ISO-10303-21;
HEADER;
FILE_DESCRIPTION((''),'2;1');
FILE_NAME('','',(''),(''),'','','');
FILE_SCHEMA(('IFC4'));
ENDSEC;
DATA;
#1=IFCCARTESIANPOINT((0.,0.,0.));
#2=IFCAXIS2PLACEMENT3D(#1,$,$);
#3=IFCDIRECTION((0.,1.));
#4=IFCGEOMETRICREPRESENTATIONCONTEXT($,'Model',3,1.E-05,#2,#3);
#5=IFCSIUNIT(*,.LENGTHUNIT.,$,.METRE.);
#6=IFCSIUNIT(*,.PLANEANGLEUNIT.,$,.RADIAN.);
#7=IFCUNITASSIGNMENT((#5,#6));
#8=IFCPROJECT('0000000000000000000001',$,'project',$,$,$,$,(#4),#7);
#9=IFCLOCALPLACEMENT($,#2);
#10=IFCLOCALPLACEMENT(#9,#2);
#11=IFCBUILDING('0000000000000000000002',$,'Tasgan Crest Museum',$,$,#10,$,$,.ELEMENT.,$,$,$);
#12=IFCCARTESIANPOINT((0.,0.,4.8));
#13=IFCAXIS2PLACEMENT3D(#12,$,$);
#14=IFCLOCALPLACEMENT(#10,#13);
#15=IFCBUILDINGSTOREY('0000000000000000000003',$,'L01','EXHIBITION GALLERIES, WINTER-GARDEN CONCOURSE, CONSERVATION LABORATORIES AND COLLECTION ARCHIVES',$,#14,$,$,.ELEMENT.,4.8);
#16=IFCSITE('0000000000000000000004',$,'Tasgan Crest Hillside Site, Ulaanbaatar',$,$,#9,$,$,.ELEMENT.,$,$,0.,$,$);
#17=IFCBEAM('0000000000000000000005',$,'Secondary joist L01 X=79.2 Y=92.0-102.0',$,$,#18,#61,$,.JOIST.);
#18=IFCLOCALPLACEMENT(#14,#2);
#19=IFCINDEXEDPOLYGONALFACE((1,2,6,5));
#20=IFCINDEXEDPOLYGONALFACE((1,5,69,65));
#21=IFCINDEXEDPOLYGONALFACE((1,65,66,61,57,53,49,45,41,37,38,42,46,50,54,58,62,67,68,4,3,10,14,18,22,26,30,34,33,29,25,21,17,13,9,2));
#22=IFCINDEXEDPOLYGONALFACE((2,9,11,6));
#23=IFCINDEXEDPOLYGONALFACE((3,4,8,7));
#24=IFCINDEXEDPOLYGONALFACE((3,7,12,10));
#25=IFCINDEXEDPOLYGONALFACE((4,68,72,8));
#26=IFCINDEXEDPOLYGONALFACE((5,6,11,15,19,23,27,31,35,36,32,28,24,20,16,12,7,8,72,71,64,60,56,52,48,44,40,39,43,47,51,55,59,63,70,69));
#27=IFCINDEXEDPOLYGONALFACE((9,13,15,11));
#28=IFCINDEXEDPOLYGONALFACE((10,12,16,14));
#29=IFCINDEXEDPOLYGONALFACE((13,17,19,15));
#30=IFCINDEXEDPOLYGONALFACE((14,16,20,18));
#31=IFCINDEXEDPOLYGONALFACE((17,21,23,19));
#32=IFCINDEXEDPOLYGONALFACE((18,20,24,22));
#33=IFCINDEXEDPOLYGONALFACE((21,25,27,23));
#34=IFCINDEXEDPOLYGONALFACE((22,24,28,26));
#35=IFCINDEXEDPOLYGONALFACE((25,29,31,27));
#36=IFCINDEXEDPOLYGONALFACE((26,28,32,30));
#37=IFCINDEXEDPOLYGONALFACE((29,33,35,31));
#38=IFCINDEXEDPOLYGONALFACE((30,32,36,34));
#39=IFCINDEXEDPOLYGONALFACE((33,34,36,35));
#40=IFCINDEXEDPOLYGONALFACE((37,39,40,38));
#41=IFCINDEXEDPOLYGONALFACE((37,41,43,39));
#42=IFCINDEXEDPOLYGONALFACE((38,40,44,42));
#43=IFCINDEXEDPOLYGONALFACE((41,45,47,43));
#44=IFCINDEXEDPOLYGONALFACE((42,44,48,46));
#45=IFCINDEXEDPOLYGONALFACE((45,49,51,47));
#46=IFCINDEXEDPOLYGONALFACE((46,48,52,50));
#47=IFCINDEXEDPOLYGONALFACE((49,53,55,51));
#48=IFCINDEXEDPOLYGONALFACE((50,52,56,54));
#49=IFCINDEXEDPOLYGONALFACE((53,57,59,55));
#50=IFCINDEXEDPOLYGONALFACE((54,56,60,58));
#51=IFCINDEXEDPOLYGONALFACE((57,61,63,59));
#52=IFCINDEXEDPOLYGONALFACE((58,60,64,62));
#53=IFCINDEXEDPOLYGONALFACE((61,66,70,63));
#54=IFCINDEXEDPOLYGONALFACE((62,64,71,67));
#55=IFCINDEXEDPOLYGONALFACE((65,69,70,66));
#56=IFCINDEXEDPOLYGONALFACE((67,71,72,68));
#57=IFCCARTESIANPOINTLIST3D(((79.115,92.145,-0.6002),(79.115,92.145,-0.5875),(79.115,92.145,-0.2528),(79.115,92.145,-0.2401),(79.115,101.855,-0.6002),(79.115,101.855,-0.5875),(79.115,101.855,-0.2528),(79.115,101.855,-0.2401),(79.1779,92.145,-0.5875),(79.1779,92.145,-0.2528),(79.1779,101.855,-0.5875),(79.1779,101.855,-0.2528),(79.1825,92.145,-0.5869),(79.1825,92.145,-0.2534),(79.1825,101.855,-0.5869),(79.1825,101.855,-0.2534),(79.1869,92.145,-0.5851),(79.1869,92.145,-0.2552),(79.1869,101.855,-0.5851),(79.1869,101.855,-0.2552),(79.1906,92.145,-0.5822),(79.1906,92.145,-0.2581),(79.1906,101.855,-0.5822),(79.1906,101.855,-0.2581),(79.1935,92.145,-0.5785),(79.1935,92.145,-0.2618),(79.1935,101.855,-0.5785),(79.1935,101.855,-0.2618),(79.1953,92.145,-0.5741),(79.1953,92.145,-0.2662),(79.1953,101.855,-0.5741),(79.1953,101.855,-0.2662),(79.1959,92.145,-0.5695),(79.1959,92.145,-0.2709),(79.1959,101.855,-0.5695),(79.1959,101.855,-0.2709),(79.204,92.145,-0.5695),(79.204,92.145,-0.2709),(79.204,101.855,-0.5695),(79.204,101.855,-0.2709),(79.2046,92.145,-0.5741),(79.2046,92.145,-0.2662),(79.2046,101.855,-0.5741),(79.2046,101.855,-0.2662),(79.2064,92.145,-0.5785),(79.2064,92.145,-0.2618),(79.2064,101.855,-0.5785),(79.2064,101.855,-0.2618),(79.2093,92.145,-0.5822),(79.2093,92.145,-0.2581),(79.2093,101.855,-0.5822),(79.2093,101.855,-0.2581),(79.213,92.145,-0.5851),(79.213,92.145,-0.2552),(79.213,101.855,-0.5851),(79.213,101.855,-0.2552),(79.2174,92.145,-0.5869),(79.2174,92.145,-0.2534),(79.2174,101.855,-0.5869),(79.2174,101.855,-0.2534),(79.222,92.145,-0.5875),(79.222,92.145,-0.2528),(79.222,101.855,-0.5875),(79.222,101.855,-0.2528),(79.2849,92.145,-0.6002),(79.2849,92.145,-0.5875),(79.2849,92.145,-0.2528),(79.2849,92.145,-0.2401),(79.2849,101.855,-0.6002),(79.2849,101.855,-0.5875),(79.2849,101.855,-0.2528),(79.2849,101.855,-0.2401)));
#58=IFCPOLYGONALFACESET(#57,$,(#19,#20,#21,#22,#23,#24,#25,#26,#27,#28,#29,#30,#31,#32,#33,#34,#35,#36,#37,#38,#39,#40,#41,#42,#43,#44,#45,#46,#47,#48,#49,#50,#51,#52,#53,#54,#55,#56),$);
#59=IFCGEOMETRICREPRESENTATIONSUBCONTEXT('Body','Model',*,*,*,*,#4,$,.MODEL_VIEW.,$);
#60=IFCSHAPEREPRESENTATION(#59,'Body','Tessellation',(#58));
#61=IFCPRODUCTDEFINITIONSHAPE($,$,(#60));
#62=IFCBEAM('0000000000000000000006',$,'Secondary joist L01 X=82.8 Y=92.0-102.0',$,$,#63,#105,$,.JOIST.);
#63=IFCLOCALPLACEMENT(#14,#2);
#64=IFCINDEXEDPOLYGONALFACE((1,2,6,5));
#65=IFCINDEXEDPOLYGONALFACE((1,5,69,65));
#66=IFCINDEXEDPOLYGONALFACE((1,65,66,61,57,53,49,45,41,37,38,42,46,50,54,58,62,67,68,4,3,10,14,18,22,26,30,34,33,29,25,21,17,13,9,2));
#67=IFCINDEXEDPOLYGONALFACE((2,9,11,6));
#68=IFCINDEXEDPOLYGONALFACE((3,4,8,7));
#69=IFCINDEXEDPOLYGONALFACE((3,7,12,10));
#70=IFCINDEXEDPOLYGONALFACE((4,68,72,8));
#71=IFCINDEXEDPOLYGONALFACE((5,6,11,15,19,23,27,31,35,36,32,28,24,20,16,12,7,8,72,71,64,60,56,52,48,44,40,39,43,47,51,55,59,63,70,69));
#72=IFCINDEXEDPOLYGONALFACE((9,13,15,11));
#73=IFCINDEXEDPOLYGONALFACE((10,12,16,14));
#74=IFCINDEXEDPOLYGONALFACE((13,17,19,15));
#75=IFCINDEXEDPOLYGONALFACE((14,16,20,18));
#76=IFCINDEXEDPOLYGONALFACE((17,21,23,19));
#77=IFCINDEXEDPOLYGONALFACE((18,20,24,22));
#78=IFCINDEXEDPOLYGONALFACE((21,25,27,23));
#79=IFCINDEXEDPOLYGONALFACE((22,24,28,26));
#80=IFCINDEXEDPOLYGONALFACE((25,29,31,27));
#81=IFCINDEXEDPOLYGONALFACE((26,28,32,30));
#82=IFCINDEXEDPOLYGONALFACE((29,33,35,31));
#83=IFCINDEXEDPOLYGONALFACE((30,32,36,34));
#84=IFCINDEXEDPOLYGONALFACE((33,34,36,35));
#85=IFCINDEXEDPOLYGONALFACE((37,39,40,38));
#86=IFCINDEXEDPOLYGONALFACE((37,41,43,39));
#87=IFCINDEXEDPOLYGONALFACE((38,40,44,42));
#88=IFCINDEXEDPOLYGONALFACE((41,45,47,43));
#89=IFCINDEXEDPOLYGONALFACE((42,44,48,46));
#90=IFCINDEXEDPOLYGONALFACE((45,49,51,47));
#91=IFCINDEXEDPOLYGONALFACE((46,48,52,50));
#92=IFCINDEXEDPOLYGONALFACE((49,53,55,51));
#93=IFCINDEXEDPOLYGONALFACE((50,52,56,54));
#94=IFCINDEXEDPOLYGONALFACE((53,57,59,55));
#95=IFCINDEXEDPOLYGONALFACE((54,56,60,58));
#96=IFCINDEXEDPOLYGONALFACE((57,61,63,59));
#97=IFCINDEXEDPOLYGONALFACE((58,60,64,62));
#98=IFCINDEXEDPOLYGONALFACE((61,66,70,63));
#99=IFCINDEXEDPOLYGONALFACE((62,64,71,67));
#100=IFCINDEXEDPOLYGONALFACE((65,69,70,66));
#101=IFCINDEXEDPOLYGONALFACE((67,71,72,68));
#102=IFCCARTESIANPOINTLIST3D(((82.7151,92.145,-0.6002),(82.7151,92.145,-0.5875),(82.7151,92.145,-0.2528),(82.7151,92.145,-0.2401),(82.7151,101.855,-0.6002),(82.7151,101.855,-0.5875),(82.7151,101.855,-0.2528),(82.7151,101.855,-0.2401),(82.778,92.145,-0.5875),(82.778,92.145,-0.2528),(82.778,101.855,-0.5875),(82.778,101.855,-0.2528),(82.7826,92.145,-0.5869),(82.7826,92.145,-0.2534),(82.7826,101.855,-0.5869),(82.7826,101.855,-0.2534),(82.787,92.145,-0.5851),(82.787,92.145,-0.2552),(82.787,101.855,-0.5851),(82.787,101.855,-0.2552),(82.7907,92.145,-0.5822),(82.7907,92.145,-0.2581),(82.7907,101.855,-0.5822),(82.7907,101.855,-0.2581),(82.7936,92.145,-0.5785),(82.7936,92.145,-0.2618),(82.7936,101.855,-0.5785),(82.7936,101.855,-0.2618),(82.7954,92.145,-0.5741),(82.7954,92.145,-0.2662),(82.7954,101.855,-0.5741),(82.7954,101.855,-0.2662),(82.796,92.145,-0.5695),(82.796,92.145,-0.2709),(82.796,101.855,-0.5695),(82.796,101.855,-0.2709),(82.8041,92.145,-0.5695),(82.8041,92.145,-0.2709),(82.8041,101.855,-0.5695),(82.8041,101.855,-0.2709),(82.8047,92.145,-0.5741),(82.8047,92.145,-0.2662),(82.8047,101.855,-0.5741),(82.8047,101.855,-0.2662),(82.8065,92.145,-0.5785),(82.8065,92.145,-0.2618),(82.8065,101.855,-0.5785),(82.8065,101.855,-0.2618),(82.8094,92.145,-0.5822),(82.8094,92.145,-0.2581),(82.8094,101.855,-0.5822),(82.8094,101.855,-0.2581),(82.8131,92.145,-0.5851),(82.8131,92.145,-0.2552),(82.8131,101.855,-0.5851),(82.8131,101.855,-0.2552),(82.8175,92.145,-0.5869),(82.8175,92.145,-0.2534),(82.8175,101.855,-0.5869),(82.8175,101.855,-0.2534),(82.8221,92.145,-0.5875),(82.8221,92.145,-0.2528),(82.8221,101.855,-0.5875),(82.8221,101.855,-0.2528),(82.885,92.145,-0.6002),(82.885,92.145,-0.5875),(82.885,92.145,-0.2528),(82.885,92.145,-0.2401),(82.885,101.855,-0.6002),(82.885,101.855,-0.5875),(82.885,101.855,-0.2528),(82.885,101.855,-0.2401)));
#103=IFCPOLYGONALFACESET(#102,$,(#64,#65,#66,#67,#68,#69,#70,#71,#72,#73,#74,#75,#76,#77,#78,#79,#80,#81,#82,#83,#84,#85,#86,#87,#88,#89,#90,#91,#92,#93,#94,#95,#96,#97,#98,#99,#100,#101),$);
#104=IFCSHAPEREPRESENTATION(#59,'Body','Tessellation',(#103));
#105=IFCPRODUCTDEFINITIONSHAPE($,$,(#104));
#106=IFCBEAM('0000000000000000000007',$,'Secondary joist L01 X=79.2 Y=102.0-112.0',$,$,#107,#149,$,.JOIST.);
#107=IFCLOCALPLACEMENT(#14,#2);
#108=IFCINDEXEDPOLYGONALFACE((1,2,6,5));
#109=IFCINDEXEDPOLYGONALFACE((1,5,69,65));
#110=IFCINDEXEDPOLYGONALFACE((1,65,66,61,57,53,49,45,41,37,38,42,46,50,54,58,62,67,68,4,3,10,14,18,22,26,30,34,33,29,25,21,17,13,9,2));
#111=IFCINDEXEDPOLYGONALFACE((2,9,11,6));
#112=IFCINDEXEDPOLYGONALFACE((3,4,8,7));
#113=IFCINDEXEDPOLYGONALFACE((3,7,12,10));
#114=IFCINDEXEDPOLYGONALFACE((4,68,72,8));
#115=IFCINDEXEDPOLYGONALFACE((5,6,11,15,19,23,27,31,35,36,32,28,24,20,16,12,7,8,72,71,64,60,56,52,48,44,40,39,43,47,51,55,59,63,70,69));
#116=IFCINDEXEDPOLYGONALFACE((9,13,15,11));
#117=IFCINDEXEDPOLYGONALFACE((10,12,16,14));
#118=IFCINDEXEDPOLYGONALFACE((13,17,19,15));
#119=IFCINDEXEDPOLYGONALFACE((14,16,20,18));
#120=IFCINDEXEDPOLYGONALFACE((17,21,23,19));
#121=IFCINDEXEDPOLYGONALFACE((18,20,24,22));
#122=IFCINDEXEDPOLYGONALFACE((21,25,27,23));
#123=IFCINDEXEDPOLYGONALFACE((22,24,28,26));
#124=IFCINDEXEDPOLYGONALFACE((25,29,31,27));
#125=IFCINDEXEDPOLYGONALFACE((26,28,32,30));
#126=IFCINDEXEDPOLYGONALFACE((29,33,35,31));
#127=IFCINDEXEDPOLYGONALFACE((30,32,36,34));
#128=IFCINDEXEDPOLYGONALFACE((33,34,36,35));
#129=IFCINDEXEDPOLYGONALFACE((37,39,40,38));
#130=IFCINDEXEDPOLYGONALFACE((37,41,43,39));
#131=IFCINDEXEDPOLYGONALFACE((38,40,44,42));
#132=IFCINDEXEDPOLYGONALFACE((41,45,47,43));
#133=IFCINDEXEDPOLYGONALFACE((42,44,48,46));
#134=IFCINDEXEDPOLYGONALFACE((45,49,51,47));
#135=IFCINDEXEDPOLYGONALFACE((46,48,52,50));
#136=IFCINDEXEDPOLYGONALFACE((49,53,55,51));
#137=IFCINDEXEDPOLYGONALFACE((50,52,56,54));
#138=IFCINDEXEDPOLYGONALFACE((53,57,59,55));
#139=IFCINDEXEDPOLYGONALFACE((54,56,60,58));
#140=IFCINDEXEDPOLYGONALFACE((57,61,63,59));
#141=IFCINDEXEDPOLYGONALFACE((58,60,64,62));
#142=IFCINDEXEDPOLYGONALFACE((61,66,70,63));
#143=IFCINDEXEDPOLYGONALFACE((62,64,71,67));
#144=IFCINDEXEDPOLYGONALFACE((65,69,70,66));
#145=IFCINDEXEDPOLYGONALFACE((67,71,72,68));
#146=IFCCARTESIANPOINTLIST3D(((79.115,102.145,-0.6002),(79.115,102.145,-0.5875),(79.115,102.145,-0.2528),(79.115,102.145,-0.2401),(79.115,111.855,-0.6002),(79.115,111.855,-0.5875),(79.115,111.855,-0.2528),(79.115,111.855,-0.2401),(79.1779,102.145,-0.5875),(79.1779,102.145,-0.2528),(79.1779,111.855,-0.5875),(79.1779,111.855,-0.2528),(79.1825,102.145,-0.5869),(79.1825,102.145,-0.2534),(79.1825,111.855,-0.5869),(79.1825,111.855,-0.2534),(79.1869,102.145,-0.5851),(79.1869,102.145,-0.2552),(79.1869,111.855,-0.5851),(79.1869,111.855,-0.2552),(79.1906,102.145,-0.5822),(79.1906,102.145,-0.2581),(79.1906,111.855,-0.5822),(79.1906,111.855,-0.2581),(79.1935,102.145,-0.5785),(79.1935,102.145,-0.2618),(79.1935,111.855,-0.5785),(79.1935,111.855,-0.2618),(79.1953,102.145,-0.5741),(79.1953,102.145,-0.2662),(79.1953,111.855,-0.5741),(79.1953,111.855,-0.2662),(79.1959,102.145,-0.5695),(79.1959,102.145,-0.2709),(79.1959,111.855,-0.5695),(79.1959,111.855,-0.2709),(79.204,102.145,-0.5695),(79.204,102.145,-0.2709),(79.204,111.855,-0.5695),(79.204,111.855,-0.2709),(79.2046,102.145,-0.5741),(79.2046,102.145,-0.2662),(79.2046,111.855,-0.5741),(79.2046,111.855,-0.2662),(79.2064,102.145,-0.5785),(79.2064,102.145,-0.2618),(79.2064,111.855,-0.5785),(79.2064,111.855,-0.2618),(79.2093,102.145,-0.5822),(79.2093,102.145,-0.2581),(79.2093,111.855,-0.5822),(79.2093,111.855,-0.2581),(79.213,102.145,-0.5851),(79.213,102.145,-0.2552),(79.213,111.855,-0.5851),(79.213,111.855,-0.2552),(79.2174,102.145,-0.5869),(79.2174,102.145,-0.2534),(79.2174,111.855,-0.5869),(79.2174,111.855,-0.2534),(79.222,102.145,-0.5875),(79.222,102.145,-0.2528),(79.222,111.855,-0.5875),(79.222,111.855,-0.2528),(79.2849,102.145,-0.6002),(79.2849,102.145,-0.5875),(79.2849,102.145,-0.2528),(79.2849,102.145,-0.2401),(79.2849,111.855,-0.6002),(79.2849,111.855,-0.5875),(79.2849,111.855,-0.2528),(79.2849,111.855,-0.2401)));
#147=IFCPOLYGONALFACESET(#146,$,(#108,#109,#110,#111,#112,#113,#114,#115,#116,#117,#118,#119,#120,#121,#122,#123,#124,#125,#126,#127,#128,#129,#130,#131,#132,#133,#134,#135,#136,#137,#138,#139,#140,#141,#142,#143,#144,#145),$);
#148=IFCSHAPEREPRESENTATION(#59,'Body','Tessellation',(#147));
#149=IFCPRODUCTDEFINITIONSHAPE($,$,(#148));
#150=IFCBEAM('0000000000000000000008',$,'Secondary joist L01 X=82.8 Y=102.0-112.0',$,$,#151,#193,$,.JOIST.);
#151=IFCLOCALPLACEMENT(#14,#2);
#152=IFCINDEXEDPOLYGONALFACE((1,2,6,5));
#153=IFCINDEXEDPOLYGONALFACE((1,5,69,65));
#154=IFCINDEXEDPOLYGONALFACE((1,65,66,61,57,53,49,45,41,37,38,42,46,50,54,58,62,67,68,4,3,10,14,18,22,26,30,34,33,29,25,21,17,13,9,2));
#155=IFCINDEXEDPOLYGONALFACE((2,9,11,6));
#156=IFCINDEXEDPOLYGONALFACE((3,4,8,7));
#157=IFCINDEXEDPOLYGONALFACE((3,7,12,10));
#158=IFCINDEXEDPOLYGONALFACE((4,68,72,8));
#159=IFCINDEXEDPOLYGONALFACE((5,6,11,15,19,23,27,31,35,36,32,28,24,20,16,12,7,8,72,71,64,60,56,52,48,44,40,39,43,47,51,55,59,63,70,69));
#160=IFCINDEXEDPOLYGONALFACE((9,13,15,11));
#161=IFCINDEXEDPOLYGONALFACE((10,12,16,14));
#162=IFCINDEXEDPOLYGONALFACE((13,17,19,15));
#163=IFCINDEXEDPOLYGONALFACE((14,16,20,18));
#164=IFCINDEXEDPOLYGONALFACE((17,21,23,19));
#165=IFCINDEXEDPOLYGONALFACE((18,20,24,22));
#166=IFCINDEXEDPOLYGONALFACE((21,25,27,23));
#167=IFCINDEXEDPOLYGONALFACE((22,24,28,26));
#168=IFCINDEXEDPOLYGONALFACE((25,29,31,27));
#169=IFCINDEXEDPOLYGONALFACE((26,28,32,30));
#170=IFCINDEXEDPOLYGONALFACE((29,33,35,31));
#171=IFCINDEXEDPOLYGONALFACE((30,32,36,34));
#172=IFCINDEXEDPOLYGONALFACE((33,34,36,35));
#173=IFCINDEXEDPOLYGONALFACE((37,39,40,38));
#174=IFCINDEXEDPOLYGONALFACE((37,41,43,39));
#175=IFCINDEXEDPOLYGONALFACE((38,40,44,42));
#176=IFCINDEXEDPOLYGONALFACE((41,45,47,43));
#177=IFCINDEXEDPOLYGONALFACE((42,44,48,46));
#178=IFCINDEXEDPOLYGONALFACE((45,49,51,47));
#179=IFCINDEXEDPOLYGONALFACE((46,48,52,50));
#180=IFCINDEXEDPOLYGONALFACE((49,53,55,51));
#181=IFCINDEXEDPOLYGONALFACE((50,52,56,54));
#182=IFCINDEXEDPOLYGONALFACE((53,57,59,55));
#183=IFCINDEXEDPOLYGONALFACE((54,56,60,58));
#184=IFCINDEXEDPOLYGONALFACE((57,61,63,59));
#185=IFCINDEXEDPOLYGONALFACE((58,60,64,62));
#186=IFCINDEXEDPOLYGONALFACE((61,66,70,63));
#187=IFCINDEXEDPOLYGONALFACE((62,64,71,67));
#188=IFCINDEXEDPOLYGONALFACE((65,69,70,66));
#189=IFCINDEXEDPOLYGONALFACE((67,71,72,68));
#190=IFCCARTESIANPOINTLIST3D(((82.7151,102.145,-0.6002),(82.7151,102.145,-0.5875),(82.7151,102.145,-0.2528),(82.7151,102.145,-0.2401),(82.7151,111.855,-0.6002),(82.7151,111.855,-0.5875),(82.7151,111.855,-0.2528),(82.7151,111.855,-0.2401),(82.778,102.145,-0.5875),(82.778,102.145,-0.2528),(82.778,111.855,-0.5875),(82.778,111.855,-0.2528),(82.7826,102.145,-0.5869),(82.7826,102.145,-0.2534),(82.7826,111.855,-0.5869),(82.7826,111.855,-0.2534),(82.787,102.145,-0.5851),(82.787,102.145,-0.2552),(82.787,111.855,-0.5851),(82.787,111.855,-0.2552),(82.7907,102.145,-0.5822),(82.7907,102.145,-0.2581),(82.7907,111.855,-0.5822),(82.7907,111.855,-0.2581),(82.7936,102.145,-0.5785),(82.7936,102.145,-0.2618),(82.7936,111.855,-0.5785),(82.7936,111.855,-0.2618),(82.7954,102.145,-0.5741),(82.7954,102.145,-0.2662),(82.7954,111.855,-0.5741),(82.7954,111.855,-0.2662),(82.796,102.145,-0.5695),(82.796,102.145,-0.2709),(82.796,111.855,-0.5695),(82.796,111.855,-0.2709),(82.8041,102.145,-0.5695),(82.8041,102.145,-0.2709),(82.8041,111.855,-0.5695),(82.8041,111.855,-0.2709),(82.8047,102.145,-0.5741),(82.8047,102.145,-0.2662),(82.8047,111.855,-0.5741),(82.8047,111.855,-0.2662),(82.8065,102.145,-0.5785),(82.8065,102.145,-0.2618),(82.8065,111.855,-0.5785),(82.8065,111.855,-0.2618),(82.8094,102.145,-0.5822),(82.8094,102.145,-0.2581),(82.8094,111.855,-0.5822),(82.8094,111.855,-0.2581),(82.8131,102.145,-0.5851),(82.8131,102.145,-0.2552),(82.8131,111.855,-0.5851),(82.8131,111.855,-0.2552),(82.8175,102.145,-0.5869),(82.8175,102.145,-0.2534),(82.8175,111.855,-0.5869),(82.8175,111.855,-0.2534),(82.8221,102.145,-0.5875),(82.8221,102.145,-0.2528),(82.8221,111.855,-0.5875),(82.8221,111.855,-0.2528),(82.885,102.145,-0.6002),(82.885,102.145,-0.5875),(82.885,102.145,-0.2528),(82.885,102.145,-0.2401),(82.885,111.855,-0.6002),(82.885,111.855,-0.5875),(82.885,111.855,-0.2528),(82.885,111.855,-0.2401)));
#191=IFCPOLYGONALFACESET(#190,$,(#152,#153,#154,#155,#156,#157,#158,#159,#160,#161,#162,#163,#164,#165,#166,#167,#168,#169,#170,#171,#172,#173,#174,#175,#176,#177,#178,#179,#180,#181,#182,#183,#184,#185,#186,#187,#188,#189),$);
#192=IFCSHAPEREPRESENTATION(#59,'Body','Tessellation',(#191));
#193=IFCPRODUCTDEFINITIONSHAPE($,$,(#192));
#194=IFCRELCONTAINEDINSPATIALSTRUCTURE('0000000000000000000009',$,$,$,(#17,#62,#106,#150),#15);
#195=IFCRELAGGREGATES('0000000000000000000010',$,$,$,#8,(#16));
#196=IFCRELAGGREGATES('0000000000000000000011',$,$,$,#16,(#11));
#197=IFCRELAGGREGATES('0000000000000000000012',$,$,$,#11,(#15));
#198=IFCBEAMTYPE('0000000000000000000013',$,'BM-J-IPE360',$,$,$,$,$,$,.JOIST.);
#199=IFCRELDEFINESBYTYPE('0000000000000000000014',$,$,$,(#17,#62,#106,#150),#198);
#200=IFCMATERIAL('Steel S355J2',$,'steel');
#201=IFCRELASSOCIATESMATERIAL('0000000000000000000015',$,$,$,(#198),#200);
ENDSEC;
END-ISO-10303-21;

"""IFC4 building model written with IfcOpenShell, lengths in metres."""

from ifc_helpers import new_model, si_unit, direction, frame, origin, origin_2d, place, context, subcontext, project, spatial, i_section, extrude, material, material_profile, profile_set, type_object, element, save


model = new_model("IFC4")

# Units and contexts
model_context = context("Model", 3, precision=1e-05, world=origin(), true_north=direction((0.0, 1.0)))
body_context = subcontext(model_context, "Body", "Model", "MODEL_VIEW")
ifc_project = project(units=[si_unit("LENGTHUNIT", "METRE"), si_unit("PLANEANGLEUNIT", "RADIAN")], contexts=[model_context])

# Site, building, storey
site_placement = place(None, origin())
site = spatial("IfcSite", under=ifc_project, at=site_placement, Name="Tasgan Crest Hillside Site, Ulaanbaatar", CompositionType="ELEMENT", RefElevation=0.0)
building_placement = place(site_placement, origin())
building = spatial("IfcBuilding", under=site, at=building_placement, Name="Tasgan Crest Museum", CompositionType="ELEMENT")
storey_placement = place(building_placement, frame((0.0, 0.0, 4.8)))
storey = spatial("IfcBuildingStorey", under=building, at=storey_placement, Name="L01", Description="EXHIBITION GALLERIES, WINTER-GARDEN CONCOURSE, CONSERVATION LABORATORIES AND COLLECTION ARCHIVES", CompositionType="ELEMENT", Elevation=4.8)

# Beams
ifc_material_1 = material(Name="Steel S355J2", Category="steel")
ifc_material_profile_1 = material_profile(ifc_material_1, i_section(OverallWidth=0.1699, OverallDepth=0.3601, WebThickness=0.0081, FlangeThickness=0.0127, FilletRadius=0.0181, at=origin_2d()), Name="IPE 360")
ifc_profile_set_1 = profile_set([ifc_material_profile_1], Name="Steel S355J2")
beam_type_1 = type_object("IfcBeamType", Name="BM-J-IPE360", PredefinedType="JOIST", material=ifc_profile_set_1)
for number, where, z_axis, x_axis, name in (
    (1, (79.2, 92.145, -0.4202), (0.0, 1.0, 0.0), (-1.0, 0.0, 0.0), "Secondary joist L01 X=79.2 Y=92.0-102.0"),
    (2, (82.8, 92.145, -0.4202), (0.0, 1.0, 0.0), (-1.0, 0.0, 0.0), "Secondary joist L01 X=82.8 Y=92.0-102.0"),
    (3, (79.2, 102.145, -0.4202), (0.0, 1.0, 0.0), (-1.0, 0.0, 0.0), "Secondary joist L01 X=79.2 Y=102.0-112.0"),
    (4, (82.8, 102.145, -0.4202), (0.0, 1.0, 0.0), (-1.0, 0.0, 0.0), "Secondary joist L01 X=82.8 Y=102.0-112.0"),
):
    element("IfcBeam", number, at=place(storey_placement, frame(where, z_axis=z_axis, x_axis=x_axis)), inside=storey, type_object=beam_type_1, Name=name, PredefinedType="JOIST", context=body_context, shape_type="SweptSolid", body=[
        extrude(i_section(OverallWidth=0.1699, OverallDepth=0.3601, WebThickness=0.0081, FlangeThickness=0.0127, FilletRadius=0.0181, at=origin_2d()), origin(), (0.0, 0.0, 1.0), 9.71),
    ])

save(model, "model.ifc")
